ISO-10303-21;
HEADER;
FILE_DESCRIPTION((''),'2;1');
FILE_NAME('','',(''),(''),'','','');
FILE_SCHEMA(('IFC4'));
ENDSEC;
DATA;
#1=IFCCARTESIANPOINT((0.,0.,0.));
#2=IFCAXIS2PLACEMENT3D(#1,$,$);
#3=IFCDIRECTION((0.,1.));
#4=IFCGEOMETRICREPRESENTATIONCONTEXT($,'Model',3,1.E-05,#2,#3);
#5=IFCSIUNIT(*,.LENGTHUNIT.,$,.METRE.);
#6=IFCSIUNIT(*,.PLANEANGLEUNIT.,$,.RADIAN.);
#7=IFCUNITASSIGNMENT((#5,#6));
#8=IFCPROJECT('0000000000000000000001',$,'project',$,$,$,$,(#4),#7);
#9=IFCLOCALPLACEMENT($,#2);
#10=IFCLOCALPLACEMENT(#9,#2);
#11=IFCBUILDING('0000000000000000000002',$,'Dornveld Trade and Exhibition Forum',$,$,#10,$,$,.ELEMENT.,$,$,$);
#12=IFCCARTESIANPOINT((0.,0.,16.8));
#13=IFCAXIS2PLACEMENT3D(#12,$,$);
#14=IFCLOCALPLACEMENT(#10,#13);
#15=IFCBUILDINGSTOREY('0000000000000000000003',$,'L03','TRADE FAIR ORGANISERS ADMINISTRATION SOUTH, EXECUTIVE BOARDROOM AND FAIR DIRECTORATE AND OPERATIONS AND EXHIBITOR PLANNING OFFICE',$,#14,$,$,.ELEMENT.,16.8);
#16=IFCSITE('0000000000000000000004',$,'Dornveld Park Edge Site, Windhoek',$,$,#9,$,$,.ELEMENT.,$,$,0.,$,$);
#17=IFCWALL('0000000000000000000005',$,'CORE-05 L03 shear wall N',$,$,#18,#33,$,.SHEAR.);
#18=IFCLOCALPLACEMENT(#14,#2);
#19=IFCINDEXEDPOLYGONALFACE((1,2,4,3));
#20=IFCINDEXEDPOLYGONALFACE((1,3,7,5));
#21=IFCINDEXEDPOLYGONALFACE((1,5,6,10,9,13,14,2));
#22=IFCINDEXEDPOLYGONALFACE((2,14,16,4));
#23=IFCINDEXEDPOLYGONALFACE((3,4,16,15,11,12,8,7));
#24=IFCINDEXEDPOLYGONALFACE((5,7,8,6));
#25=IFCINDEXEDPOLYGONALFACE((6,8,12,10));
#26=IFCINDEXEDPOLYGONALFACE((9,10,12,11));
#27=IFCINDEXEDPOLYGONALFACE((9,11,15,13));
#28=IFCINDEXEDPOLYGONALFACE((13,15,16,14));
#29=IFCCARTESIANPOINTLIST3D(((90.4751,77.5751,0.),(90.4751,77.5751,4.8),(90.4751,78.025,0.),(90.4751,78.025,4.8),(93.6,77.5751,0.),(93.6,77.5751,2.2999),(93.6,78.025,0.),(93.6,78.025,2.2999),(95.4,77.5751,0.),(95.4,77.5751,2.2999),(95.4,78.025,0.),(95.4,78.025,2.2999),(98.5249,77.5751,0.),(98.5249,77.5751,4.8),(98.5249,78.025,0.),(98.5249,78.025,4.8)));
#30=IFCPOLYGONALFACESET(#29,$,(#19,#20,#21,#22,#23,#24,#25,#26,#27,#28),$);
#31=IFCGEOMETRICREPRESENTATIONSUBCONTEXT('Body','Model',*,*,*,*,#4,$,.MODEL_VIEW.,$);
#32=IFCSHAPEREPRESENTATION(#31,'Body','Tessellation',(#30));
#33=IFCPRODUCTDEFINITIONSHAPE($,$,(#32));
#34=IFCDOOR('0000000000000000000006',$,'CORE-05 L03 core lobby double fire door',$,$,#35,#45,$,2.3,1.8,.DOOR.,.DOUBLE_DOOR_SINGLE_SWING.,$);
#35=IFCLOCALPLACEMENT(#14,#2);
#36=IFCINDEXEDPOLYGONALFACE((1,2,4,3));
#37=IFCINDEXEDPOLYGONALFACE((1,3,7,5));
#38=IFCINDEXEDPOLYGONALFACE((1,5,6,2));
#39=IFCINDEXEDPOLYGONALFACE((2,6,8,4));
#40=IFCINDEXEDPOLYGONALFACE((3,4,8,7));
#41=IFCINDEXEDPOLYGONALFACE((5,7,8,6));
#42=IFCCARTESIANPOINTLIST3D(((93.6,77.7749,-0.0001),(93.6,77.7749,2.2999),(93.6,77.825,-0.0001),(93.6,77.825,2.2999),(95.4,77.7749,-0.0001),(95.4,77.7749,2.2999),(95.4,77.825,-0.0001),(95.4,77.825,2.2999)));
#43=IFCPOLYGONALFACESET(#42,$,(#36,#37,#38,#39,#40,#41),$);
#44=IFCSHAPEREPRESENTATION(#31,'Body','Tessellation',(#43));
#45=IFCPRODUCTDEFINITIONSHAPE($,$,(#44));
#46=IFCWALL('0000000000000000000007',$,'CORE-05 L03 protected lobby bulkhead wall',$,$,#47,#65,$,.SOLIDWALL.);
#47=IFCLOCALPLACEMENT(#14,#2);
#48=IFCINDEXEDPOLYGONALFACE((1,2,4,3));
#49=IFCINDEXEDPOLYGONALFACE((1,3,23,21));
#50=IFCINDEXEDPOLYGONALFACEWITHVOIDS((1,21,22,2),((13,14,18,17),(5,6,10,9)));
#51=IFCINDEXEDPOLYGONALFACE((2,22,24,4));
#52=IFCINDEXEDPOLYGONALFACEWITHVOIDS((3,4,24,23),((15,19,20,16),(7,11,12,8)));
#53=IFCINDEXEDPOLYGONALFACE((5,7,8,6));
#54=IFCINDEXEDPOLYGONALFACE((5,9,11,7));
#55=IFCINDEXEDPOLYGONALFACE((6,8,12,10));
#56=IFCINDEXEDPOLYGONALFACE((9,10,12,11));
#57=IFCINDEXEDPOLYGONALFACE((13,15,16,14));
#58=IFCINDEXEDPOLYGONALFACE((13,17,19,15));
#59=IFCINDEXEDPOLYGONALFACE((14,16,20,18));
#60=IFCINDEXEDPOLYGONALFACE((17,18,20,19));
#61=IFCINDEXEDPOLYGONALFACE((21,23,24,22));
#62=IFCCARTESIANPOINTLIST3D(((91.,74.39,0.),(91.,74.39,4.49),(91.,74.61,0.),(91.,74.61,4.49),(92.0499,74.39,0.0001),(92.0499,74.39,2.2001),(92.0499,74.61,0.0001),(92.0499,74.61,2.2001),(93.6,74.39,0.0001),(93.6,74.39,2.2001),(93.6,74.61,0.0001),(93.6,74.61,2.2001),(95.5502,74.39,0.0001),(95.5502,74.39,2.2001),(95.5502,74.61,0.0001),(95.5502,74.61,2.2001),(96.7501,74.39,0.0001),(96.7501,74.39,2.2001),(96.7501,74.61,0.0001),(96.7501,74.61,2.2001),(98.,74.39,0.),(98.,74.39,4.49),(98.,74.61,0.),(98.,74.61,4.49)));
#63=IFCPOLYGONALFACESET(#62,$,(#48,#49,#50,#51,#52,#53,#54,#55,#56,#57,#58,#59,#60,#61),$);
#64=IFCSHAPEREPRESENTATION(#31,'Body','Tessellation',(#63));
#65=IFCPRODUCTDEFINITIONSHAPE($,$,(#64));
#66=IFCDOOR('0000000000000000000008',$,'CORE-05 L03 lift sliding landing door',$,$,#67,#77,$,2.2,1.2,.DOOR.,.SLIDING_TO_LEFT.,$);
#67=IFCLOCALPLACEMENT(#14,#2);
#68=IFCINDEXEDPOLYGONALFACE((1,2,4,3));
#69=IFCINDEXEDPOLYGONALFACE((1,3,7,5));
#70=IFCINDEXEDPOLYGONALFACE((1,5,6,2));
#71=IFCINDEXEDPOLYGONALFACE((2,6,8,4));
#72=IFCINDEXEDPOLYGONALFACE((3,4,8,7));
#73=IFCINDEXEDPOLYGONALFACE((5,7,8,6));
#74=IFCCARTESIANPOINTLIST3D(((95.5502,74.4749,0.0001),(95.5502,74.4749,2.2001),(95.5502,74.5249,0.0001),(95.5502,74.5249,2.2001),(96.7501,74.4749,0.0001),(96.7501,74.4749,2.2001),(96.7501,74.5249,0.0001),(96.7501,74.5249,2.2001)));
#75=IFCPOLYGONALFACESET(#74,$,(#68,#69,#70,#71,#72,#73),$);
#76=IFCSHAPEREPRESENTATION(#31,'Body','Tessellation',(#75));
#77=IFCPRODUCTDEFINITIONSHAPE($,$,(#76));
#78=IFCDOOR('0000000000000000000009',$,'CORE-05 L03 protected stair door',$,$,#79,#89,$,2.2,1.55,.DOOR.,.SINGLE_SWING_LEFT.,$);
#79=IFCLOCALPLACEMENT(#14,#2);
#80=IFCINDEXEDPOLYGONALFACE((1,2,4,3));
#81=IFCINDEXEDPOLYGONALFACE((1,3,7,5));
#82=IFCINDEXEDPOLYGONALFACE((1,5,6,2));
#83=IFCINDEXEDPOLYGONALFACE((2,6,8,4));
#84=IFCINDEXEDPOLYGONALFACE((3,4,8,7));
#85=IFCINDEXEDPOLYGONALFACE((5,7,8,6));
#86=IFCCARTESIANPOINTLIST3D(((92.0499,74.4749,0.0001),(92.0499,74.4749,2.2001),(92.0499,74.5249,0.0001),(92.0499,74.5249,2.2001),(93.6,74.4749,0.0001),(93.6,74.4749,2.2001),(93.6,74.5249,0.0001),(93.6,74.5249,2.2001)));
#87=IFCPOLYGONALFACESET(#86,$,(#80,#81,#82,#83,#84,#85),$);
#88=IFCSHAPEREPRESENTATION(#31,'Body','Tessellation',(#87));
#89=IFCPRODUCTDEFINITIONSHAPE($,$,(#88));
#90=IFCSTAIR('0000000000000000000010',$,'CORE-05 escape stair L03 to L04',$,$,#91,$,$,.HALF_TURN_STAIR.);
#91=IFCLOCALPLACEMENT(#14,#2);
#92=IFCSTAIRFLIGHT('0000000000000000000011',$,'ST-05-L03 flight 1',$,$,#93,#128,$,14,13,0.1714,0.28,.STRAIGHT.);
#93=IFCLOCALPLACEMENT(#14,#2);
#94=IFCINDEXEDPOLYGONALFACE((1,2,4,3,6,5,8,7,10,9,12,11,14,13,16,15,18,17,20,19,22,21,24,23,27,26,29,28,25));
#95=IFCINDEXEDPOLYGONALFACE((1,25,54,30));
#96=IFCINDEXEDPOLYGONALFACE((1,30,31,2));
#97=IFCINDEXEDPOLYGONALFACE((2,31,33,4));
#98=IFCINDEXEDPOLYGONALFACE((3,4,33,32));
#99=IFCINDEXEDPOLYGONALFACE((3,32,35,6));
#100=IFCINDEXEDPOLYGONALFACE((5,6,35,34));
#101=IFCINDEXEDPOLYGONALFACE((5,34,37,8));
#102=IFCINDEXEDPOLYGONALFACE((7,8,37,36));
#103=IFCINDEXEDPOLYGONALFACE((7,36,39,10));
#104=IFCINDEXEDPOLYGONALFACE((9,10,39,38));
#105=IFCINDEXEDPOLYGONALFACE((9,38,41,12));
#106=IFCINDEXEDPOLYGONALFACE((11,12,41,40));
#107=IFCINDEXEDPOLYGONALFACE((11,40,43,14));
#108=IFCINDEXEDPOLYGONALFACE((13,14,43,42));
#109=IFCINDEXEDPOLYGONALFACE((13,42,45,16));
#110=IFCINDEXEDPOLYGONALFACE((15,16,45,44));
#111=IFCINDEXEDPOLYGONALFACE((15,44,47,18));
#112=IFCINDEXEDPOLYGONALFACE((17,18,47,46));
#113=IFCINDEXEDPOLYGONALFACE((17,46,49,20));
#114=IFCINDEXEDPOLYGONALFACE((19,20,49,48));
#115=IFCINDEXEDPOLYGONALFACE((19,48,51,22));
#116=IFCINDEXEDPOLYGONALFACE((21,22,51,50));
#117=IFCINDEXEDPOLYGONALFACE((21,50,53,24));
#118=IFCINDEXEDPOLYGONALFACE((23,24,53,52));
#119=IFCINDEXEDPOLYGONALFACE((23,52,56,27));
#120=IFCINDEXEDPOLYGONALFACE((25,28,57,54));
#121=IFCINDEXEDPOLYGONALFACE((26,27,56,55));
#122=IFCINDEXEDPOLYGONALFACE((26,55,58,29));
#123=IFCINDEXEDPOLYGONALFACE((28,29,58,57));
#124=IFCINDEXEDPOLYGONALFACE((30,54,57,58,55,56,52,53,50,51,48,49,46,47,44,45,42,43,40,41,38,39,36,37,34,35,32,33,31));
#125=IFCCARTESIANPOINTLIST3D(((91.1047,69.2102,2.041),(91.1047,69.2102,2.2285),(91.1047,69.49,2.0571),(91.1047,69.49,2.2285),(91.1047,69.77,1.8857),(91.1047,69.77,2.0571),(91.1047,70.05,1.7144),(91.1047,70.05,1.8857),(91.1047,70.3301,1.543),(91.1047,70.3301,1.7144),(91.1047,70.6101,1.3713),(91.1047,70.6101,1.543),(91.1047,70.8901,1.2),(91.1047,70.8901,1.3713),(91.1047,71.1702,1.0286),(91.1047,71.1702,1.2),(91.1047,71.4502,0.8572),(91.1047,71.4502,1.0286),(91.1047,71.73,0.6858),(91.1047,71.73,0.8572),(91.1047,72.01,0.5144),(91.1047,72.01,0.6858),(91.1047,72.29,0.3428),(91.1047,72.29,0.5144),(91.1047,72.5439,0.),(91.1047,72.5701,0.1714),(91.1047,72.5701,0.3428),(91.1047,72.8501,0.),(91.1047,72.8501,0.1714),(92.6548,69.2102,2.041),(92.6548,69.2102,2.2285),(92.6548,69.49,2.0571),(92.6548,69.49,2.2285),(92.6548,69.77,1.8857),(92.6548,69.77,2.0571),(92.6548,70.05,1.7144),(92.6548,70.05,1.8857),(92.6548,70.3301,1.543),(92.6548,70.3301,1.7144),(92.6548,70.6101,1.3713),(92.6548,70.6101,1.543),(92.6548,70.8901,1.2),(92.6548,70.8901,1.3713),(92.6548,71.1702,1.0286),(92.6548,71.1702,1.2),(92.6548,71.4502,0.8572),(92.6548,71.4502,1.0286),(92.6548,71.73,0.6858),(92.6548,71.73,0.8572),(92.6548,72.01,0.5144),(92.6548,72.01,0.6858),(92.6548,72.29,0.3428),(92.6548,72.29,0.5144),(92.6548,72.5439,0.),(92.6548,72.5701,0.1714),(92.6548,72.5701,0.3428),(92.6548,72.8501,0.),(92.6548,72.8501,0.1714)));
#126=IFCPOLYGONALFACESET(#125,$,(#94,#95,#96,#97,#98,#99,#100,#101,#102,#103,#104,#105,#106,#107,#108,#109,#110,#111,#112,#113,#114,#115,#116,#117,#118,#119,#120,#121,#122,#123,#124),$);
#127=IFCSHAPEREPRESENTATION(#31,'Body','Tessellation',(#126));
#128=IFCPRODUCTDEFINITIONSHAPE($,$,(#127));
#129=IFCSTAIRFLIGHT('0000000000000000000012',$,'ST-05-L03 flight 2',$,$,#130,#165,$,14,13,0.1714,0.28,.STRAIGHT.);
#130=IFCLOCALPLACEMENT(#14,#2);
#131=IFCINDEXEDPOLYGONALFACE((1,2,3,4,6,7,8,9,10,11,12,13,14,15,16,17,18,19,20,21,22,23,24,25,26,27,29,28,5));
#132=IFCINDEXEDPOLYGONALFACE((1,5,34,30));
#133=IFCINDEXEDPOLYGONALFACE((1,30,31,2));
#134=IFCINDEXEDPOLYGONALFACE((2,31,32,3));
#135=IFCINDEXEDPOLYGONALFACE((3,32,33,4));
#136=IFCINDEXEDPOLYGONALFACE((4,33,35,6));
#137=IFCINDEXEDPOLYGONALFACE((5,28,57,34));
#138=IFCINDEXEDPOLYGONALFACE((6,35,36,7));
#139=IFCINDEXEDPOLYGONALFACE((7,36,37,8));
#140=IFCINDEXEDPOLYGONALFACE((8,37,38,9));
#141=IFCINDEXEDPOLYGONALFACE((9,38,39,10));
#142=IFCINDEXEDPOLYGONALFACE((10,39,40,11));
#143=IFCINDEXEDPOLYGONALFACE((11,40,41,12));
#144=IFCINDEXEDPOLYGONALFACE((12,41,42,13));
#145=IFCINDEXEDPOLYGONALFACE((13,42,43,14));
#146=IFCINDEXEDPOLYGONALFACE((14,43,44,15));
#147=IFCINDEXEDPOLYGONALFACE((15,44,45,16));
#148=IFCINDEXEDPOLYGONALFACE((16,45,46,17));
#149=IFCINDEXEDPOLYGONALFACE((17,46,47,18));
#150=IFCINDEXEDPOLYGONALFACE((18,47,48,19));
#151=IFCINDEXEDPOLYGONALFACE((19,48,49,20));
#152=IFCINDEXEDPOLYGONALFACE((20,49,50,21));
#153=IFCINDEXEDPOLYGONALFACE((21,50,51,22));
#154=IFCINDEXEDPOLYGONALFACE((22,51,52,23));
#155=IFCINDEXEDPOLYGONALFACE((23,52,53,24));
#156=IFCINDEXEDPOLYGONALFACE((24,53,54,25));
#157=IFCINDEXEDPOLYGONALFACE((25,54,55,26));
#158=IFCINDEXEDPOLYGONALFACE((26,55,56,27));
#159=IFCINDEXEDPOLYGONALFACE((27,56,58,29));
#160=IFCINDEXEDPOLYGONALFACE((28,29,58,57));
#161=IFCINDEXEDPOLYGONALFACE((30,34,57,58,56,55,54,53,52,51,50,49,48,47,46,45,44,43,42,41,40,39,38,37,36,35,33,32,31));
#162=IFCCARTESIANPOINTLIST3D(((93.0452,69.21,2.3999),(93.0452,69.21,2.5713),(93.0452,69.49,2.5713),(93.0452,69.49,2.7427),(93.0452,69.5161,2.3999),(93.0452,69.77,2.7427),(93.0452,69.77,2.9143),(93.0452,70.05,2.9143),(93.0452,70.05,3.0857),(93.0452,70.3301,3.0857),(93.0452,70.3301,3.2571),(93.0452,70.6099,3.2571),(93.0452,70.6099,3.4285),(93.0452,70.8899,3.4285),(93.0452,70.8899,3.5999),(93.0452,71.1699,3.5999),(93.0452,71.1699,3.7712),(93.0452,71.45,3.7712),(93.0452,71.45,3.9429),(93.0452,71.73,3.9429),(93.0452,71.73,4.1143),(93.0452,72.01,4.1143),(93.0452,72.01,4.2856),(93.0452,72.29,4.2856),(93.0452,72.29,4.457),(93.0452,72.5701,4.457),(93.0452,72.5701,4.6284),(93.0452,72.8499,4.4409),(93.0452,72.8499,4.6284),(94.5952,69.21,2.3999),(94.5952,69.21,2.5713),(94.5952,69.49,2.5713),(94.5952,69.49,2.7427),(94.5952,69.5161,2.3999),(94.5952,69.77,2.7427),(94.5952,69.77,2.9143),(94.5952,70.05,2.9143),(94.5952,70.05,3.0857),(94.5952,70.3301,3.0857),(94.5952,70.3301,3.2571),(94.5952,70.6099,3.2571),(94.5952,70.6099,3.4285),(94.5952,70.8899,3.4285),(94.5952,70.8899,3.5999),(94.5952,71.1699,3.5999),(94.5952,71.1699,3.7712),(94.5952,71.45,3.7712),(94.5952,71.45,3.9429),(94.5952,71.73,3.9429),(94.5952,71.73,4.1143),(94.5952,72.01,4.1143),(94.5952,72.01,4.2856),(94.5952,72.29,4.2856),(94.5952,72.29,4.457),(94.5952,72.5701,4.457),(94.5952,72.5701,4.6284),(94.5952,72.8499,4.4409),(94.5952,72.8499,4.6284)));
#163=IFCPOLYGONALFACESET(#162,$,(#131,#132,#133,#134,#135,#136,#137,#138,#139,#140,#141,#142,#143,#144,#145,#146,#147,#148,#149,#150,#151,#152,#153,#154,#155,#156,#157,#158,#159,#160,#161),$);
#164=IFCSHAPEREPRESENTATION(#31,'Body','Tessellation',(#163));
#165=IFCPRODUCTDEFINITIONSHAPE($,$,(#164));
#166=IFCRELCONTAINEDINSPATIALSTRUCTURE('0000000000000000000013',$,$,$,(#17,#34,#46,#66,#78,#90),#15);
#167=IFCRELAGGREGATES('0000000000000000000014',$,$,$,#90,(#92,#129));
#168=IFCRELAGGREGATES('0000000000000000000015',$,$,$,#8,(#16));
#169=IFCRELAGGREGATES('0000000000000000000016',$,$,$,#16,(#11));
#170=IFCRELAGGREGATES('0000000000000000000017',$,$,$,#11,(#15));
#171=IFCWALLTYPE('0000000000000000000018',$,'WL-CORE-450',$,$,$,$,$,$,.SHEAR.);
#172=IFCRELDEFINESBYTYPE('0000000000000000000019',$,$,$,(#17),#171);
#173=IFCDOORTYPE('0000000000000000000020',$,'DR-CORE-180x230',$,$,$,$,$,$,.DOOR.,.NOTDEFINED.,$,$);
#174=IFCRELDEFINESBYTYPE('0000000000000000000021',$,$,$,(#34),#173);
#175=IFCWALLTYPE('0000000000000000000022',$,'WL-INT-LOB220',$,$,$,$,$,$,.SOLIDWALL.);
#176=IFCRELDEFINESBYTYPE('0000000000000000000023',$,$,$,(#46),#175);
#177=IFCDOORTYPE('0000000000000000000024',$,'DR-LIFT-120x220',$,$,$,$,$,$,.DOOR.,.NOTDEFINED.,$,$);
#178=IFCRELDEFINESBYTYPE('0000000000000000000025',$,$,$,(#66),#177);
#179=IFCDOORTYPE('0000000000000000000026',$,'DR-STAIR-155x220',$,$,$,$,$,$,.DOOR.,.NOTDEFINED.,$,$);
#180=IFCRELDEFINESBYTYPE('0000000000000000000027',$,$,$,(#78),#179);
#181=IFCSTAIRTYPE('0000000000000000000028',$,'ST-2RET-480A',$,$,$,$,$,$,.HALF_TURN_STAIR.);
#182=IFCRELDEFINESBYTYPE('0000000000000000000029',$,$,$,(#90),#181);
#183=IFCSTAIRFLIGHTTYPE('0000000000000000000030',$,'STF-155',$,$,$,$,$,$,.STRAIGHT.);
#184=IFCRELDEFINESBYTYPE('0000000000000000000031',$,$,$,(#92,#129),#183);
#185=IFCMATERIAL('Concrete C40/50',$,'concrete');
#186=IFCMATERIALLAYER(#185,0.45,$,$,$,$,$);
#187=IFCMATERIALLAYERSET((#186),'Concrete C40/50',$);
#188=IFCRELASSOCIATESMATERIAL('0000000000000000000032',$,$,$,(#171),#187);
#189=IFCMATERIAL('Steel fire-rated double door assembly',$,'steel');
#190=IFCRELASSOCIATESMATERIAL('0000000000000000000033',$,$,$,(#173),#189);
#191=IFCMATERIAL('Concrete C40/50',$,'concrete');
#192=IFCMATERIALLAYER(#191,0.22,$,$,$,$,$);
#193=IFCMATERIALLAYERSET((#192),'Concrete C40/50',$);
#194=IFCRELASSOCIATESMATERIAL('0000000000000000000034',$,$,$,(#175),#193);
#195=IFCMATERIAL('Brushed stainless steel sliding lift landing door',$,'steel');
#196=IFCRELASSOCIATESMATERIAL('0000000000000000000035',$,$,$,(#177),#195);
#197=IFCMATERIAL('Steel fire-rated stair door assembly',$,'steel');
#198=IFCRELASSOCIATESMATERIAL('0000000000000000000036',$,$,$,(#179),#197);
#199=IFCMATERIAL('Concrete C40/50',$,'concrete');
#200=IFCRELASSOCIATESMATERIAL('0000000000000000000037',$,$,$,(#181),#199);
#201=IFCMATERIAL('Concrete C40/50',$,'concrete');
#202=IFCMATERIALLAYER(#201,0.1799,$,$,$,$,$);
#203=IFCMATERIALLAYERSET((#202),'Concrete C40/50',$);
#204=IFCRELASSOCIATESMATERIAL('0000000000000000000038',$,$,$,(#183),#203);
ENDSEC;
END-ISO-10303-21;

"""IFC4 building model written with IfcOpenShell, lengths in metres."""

from ifc_helpers import new_model, si_unit, direction, frame, frame_2d, origin, place, context, subcontext, project, spatial, polyline, rectangle, outline, extrude, material, layer, layer_set, type_object, element, fill, aggregate, save


model = new_model("IFC4")

# Units and contexts
model_context = context("Model", 3, precision=1e-05, world=origin(), true_north=direction((0.0, 1.0)))
body_context = subcontext(model_context, "Body", "Model", "MODEL_VIEW")
ifc_project = project(units=[si_unit("LENGTHUNIT", "METRE"), si_unit("PLANEANGLEUNIT", "RADIAN")], contexts=[model_context])

# Site, building, storey
site_placement = place(None, origin())
site = spatial("IfcSite", under=ifc_project, at=site_placement, Name="Dornveld Park Edge Site, Windhoek", CompositionType="ELEMENT", RefElevation=0.0)
building_placement = place(site_placement, origin())
building = spatial("IfcBuilding", under=site, at=building_placement, Name="Dornveld Trade and Exhibition Forum", CompositionType="ELEMENT")
storey_placement = place(building_placement, frame((0.0, 0.0, 16.8)))
storey = spatial("IfcBuildingStorey", under=building, at=storey_placement, Name="L03", Description="TRADE FAIR ORGANISERS ADMINISTRATION SOUTH, EXECUTIVE BOARDROOM AND FAIR DIRECTORATE AND OPERATIONS AND EXHIBITOR PLANNING OFFICE", CompositionType="ELEMENT", Elevation=16.8)

# Wall, opening, door
ifc_material_1 = material(Name="Concrete C40/50", Category="concrete")
ifc_layer_1 = layer(ifc_material_1, 0.45)
ifc_layer_set_1 = layer_set([ifc_layer_1], Name="Concrete C40/50")
wall_type_1 = type_object("IfcWallType", Name="WL-CORE-450", PredefinedType="SHEAR", material=ifc_layer_set_1)
wall_1_placement = place(storey_placement, frame((90.4751, 77.8, 0.0), z_axis=(0.0, 0.0, 1.0), x_axis=(1.0, 0.0, 0.0)))
wall_1 = element("IfcWall", 1, at=wall_1_placement, inside=storey, type_object=wall_type_1, Name="CORE-05 L03 shear wall N", PredefinedType="SHEAR", context=body_context, shape_type="SweptSolid", body=[
    extrude(rectangle(XDim=8.0498, YDim=0.45, at=frame_2d((4.0249, 0.0))), origin(), (0.0, 0.0, 1.0), 4.8),
])
opening_1_placement = place(wall_1_placement, frame((3.125, 0.0, 0.0)))
opening_1 = element("IfcOpeningElement", 2, at=opening_1_placement, cuts=wall_1, PredefinedType="OPENING", context=body_context, shape_type="SweptSolid", body=[
    extrude(rectangle(XDim=1.8, YDim=2.3, at=frame_2d((0.8999, 1.1499))), frame((0.0, 0.2349, 0.0), z_axis=(0.0, -1.0, 0.0), x_axis=(1.0, 0.0, 0.0)), (0.0, 0.0, 1.0), 0.47),
])
ifc_material_2 = material(Name="Steel fire-rated double door assembly", Category="steel")
door_type_1 = type_object("IfcDoorType", Name="DR-CORE-180x230", OperationType="NOTDEFINED", PredefinedType="DOOR", material=ifc_material_2)
door_1_placement = place(opening_1_placement, origin())
door_1 = element("IfcDoor", 3, at=door_1_placement, inside=storey, type_object=door_type_1, Name="CORE-05 L03 core lobby double fire door", OperationType="DOUBLE_DOOR_SINGLE_SWING", OverallHeight=2.3, OverallWidth=1.8, PredefinedType="DOOR", context=body_context, shape_type="SweptSolid", body=[
    extrude(rectangle(XDim=1.8, YDim=2.3, at=frame_2d((0.8999, 1.1499))), frame((0.0, 0.0249, 0.0), z_axis=(0.0, -1.0, 0.0), x_axis=(1.0, 0.0, 0.0)), (0.0, 0.0, 1.0), 0.05),
])
fill(opening_1, door_1)

# Wall, openings, doors
ifc_material_3 = material(Name="Concrete C40/50", Category="concrete")
ifc_layer_2 = layer(ifc_material_3, 0.22)
ifc_layer_set_2 = layer_set([ifc_layer_2], Name="Concrete C40/50")
wall_type_2 = type_object("IfcWallType", Name="WL-INT-LOB220", PredefinedType="SOLIDWALL", material=ifc_layer_set_2)
wall_2_placement = place(storey_placement, frame((91.0, 74.5, 0.0), z_axis=(0.0, 0.0, 1.0), x_axis=(1.0, 0.0, 0.0)))
wall_2 = element("IfcWall", 4, at=wall_2_placement, inside=storey, type_object=wall_type_2, Name="CORE-05 L03 protected lobby bulkhead wall", PredefinedType="SOLIDWALL", context=body_context, shape_type="SweptSolid", body=[
    extrude(rectangle(XDim=7.0, YDim=0.22, at=frame_2d((3.5, 0.0))), origin(), (0.0, 0.0, 1.0), 4.49),
])
opening_2_placement = place(wall_2_placement, frame((1.05, 0.0, 0.0)))
opening_2 = element("IfcOpeningElement", 5, at=opening_2_placement, cuts=wall_2, PredefinedType="OPENING", context=body_context, shape_type="SweptSolid", body=[
    extrude(rectangle(XDim=1.55, YDim=2.2, at=frame_2d((0.7749, 1.1001))), frame((0.0, 0.1199, 0.0), z_axis=(0.0, -1.0, 0.0), x_axis=(1.0, 0.0, 0.0)), (0.0, 0.0, 1.0), 0.24),
])
opening_3_placement = place(wall_2_placement, frame((4.55, 0.0, 0.0)))
opening_3 = element("IfcOpeningElement", 6, at=opening_3_placement, cuts=wall_2, PredefinedType="OPENING", context=body_context, shape_type="SweptSolid", body=[
    extrude(rectangle(XDim=1.2, YDim=2.2, at=frame_2d((0.6001, 1.1001))), frame((0.0, 0.1199, 0.0), z_axis=(0.0, -1.0, 0.0), x_axis=(1.0, 0.0, 0.0)), (0.0, 0.0, 1.0), 0.24),
])
ifc_material_4 = material(Name="Brushed stainless steel sliding lift landing door", Category="steel")
door_type_2 = type_object("IfcDoorType", Name="DR-LIFT-120x220", OperationType="NOTDEFINED", PredefinedType="DOOR", material=ifc_material_4)
door_2_placement = place(opening_3_placement, origin())
door_2 = element("IfcDoor", 7, at=door_2_placement, inside=storey, type_object=door_type_2, Name="CORE-05 L03 lift sliding landing door", OperationType="SLIDING_TO_LEFT", OverallHeight=2.2, OverallWidth=1.2, PredefinedType="DOOR", context=body_context, shape_type="SweptSolid", body=[
    extrude(rectangle(XDim=1.2, YDim=2.2, at=frame_2d((0.6001, 1.1001))), frame((0.0, 0.0249, 0.0), z_axis=(0.0, -1.0, 0.0), x_axis=(1.0, 0.0, 0.0)), (0.0, 0.0, 1.0), 0.05),
])
fill(opening_3, door_2)
ifc_material_5 = material(Name="Steel fire-rated stair door assembly", Category="steel")
door_type_3 = type_object("IfcDoorType", Name="DR-STAIR-155x220", OperationType="NOTDEFINED", PredefinedType="DOOR", material=ifc_material_5)
door_3_placement = place(opening_2_placement, origin())
door_3 = element("IfcDoor", 8, at=door_3_placement, inside=storey, type_object=door_type_3, Name="CORE-05 L03 protected stair door", OperationType="SINGLE_SWING_LEFT", OverallHeight=2.2, OverallWidth=1.55, PredefinedType="DOOR", context=body_context, shape_type="SweptSolid", body=[
    extrude(rectangle(XDim=1.55, YDim=2.2, at=frame_2d((0.7749, 1.1001))), frame((0.0, 0.0249, 0.0), z_axis=(0.0, -1.0, 0.0), x_axis=(1.0, 0.0, 0.0)), (0.0, 0.0, 1.0), 0.05),
])
fill(opening_2, door_3)

# Stair, stair flights
ifc_material_6 = material(Name="Concrete C40/50", Category="concrete")
stair_type = type_object("IfcStairType", Name="ST-2RET-480A", PredefinedType="HALF_TURN_STAIR", material=ifc_material_6)
stair_placement = place(storey_placement, origin())
stair = element("IfcStair", 9, at=stair_placement, inside=storey, type_object=stair_type, Name="CORE-05 escape stair L03 to L04", PredefinedType="HALF_TURN_STAIR")
ifc_material_7 = material(Name="Concrete C40/50", Category="concrete")
ifc_layer_3 = layer(ifc_material_7, 0.1799)
ifc_layer_set_3 = layer_set([ifc_layer_3], Name="Concrete C40/50")
stair_flight_type = type_object("IfcStairFlightType", Name="STF-155", PredefinedType="STRAIGHT", material=ifc_layer_set_3)
stair_flight_1_placement = place(storey_placement, frame((91.8799, 72.8501, 0.0), z_axis=(0.0, 0.0, 1.0), x_axis=(0.0, -1.0, 0.0)))
stair_flight_1 = element("IfcStairFlight", 10, at=stair_flight_1_placement, type_object=stair_flight_type, Name="ST-05-L03 flight 1", NumberOfRisers=14, NumberOfTreads=13, PredefinedType="STRAIGHT", RiserHeight=0.1714, TreadLength=0.28, context=body_context, shape_type="SweptSolid", body=[
    extrude(outline(polyline([(0.0, 0.0), (0.0, 0.1714), (0.28, 0.1714), (0.28, 0.3428), (0.5601, 0.3428), (0.5601, 0.5144), (0.8401, 0.5144), (0.8401, 0.6858), (1.1201, 0.6858), (1.1201, 0.8572), (1.3999, 0.8572), (1.3999, 1.0286), (1.6799, 1.0286), (1.6799, 1.2), (1.96, 1.2), (1.96, 1.3713), (2.24, 1.3713), (2.24, 1.543), (2.52, 1.543), (2.52, 1.7144), (2.8, 1.7144), (2.8, 1.8857), (3.0801, 1.8857), (3.0801, 2.0571), (3.3601, 2.0571), (3.3601, 2.2285), (3.6399, 2.2285), (3.6399, 2.3999), (3.6399, 2.041), (0.3062, 0.0), (0.0, 0.0)])), frame((0.0, 0.7749, 0.0), z_axis=(0.0, -1.0, 0.0), x_axis=(1.0, 0.0, 0.0)), (0.0, 0.0, 1.0), 1.55),
])
stair_flight_2_placement = place(storey_placement, frame((93.8201, 69.21, 2.3999), z_axis=(0.0, 0.0, 1.0), x_axis=(0.0, 1.0, 0.0)))
stair_flight_2 = element("IfcStairFlight", 11, at=stair_flight_2_placement, type_object=stair_flight_type, Name="ST-05-L03 flight 2", NumberOfRisers=14, NumberOfTreads=13, PredefinedType="STRAIGHT", RiserHeight=0.1714, TreadLength=0.28, context=body_context, shape_type="SweptSolid", body=[
    extrude(outline(polyline([(0.0, 0.0), (0.0, 0.1714), (0.28, 0.1714), (0.28, 0.3428), (0.5601, 0.3428), (0.5601, 0.5144), (0.8401, 0.5144), (0.8401, 0.6858), (1.1201, 0.6858), (1.1201, 0.8572), (1.3999, 0.8572), (1.3999, 1.0286), (1.6799, 1.0286), (1.6799, 1.2), (1.96, 1.2), (1.96, 1.3713), (2.24, 1.3713), (2.24, 1.543), (2.52, 1.543), (2.52, 1.7144), (2.8, 1.7144), (2.8, 1.8857), (3.0801, 1.8857), (3.0801, 2.0571), (3.3601, 2.0571), (3.3601, 2.2285), (3.6399, 2.2285), (3.6399, 2.3999), (3.6399, 2.041), (0.3062, 0.0), (0.0, 0.0)])), frame((0.0, 0.7749, 0.0), z_axis=(0.0, -1.0, 0.0), x_axis=(1.0, 0.0, 0.0)), (0.0, 0.0, 1.0), 1.55),
])
aggregate(stair, [stair_flight_1, stair_flight_2])

save(model, "model.ifc")
